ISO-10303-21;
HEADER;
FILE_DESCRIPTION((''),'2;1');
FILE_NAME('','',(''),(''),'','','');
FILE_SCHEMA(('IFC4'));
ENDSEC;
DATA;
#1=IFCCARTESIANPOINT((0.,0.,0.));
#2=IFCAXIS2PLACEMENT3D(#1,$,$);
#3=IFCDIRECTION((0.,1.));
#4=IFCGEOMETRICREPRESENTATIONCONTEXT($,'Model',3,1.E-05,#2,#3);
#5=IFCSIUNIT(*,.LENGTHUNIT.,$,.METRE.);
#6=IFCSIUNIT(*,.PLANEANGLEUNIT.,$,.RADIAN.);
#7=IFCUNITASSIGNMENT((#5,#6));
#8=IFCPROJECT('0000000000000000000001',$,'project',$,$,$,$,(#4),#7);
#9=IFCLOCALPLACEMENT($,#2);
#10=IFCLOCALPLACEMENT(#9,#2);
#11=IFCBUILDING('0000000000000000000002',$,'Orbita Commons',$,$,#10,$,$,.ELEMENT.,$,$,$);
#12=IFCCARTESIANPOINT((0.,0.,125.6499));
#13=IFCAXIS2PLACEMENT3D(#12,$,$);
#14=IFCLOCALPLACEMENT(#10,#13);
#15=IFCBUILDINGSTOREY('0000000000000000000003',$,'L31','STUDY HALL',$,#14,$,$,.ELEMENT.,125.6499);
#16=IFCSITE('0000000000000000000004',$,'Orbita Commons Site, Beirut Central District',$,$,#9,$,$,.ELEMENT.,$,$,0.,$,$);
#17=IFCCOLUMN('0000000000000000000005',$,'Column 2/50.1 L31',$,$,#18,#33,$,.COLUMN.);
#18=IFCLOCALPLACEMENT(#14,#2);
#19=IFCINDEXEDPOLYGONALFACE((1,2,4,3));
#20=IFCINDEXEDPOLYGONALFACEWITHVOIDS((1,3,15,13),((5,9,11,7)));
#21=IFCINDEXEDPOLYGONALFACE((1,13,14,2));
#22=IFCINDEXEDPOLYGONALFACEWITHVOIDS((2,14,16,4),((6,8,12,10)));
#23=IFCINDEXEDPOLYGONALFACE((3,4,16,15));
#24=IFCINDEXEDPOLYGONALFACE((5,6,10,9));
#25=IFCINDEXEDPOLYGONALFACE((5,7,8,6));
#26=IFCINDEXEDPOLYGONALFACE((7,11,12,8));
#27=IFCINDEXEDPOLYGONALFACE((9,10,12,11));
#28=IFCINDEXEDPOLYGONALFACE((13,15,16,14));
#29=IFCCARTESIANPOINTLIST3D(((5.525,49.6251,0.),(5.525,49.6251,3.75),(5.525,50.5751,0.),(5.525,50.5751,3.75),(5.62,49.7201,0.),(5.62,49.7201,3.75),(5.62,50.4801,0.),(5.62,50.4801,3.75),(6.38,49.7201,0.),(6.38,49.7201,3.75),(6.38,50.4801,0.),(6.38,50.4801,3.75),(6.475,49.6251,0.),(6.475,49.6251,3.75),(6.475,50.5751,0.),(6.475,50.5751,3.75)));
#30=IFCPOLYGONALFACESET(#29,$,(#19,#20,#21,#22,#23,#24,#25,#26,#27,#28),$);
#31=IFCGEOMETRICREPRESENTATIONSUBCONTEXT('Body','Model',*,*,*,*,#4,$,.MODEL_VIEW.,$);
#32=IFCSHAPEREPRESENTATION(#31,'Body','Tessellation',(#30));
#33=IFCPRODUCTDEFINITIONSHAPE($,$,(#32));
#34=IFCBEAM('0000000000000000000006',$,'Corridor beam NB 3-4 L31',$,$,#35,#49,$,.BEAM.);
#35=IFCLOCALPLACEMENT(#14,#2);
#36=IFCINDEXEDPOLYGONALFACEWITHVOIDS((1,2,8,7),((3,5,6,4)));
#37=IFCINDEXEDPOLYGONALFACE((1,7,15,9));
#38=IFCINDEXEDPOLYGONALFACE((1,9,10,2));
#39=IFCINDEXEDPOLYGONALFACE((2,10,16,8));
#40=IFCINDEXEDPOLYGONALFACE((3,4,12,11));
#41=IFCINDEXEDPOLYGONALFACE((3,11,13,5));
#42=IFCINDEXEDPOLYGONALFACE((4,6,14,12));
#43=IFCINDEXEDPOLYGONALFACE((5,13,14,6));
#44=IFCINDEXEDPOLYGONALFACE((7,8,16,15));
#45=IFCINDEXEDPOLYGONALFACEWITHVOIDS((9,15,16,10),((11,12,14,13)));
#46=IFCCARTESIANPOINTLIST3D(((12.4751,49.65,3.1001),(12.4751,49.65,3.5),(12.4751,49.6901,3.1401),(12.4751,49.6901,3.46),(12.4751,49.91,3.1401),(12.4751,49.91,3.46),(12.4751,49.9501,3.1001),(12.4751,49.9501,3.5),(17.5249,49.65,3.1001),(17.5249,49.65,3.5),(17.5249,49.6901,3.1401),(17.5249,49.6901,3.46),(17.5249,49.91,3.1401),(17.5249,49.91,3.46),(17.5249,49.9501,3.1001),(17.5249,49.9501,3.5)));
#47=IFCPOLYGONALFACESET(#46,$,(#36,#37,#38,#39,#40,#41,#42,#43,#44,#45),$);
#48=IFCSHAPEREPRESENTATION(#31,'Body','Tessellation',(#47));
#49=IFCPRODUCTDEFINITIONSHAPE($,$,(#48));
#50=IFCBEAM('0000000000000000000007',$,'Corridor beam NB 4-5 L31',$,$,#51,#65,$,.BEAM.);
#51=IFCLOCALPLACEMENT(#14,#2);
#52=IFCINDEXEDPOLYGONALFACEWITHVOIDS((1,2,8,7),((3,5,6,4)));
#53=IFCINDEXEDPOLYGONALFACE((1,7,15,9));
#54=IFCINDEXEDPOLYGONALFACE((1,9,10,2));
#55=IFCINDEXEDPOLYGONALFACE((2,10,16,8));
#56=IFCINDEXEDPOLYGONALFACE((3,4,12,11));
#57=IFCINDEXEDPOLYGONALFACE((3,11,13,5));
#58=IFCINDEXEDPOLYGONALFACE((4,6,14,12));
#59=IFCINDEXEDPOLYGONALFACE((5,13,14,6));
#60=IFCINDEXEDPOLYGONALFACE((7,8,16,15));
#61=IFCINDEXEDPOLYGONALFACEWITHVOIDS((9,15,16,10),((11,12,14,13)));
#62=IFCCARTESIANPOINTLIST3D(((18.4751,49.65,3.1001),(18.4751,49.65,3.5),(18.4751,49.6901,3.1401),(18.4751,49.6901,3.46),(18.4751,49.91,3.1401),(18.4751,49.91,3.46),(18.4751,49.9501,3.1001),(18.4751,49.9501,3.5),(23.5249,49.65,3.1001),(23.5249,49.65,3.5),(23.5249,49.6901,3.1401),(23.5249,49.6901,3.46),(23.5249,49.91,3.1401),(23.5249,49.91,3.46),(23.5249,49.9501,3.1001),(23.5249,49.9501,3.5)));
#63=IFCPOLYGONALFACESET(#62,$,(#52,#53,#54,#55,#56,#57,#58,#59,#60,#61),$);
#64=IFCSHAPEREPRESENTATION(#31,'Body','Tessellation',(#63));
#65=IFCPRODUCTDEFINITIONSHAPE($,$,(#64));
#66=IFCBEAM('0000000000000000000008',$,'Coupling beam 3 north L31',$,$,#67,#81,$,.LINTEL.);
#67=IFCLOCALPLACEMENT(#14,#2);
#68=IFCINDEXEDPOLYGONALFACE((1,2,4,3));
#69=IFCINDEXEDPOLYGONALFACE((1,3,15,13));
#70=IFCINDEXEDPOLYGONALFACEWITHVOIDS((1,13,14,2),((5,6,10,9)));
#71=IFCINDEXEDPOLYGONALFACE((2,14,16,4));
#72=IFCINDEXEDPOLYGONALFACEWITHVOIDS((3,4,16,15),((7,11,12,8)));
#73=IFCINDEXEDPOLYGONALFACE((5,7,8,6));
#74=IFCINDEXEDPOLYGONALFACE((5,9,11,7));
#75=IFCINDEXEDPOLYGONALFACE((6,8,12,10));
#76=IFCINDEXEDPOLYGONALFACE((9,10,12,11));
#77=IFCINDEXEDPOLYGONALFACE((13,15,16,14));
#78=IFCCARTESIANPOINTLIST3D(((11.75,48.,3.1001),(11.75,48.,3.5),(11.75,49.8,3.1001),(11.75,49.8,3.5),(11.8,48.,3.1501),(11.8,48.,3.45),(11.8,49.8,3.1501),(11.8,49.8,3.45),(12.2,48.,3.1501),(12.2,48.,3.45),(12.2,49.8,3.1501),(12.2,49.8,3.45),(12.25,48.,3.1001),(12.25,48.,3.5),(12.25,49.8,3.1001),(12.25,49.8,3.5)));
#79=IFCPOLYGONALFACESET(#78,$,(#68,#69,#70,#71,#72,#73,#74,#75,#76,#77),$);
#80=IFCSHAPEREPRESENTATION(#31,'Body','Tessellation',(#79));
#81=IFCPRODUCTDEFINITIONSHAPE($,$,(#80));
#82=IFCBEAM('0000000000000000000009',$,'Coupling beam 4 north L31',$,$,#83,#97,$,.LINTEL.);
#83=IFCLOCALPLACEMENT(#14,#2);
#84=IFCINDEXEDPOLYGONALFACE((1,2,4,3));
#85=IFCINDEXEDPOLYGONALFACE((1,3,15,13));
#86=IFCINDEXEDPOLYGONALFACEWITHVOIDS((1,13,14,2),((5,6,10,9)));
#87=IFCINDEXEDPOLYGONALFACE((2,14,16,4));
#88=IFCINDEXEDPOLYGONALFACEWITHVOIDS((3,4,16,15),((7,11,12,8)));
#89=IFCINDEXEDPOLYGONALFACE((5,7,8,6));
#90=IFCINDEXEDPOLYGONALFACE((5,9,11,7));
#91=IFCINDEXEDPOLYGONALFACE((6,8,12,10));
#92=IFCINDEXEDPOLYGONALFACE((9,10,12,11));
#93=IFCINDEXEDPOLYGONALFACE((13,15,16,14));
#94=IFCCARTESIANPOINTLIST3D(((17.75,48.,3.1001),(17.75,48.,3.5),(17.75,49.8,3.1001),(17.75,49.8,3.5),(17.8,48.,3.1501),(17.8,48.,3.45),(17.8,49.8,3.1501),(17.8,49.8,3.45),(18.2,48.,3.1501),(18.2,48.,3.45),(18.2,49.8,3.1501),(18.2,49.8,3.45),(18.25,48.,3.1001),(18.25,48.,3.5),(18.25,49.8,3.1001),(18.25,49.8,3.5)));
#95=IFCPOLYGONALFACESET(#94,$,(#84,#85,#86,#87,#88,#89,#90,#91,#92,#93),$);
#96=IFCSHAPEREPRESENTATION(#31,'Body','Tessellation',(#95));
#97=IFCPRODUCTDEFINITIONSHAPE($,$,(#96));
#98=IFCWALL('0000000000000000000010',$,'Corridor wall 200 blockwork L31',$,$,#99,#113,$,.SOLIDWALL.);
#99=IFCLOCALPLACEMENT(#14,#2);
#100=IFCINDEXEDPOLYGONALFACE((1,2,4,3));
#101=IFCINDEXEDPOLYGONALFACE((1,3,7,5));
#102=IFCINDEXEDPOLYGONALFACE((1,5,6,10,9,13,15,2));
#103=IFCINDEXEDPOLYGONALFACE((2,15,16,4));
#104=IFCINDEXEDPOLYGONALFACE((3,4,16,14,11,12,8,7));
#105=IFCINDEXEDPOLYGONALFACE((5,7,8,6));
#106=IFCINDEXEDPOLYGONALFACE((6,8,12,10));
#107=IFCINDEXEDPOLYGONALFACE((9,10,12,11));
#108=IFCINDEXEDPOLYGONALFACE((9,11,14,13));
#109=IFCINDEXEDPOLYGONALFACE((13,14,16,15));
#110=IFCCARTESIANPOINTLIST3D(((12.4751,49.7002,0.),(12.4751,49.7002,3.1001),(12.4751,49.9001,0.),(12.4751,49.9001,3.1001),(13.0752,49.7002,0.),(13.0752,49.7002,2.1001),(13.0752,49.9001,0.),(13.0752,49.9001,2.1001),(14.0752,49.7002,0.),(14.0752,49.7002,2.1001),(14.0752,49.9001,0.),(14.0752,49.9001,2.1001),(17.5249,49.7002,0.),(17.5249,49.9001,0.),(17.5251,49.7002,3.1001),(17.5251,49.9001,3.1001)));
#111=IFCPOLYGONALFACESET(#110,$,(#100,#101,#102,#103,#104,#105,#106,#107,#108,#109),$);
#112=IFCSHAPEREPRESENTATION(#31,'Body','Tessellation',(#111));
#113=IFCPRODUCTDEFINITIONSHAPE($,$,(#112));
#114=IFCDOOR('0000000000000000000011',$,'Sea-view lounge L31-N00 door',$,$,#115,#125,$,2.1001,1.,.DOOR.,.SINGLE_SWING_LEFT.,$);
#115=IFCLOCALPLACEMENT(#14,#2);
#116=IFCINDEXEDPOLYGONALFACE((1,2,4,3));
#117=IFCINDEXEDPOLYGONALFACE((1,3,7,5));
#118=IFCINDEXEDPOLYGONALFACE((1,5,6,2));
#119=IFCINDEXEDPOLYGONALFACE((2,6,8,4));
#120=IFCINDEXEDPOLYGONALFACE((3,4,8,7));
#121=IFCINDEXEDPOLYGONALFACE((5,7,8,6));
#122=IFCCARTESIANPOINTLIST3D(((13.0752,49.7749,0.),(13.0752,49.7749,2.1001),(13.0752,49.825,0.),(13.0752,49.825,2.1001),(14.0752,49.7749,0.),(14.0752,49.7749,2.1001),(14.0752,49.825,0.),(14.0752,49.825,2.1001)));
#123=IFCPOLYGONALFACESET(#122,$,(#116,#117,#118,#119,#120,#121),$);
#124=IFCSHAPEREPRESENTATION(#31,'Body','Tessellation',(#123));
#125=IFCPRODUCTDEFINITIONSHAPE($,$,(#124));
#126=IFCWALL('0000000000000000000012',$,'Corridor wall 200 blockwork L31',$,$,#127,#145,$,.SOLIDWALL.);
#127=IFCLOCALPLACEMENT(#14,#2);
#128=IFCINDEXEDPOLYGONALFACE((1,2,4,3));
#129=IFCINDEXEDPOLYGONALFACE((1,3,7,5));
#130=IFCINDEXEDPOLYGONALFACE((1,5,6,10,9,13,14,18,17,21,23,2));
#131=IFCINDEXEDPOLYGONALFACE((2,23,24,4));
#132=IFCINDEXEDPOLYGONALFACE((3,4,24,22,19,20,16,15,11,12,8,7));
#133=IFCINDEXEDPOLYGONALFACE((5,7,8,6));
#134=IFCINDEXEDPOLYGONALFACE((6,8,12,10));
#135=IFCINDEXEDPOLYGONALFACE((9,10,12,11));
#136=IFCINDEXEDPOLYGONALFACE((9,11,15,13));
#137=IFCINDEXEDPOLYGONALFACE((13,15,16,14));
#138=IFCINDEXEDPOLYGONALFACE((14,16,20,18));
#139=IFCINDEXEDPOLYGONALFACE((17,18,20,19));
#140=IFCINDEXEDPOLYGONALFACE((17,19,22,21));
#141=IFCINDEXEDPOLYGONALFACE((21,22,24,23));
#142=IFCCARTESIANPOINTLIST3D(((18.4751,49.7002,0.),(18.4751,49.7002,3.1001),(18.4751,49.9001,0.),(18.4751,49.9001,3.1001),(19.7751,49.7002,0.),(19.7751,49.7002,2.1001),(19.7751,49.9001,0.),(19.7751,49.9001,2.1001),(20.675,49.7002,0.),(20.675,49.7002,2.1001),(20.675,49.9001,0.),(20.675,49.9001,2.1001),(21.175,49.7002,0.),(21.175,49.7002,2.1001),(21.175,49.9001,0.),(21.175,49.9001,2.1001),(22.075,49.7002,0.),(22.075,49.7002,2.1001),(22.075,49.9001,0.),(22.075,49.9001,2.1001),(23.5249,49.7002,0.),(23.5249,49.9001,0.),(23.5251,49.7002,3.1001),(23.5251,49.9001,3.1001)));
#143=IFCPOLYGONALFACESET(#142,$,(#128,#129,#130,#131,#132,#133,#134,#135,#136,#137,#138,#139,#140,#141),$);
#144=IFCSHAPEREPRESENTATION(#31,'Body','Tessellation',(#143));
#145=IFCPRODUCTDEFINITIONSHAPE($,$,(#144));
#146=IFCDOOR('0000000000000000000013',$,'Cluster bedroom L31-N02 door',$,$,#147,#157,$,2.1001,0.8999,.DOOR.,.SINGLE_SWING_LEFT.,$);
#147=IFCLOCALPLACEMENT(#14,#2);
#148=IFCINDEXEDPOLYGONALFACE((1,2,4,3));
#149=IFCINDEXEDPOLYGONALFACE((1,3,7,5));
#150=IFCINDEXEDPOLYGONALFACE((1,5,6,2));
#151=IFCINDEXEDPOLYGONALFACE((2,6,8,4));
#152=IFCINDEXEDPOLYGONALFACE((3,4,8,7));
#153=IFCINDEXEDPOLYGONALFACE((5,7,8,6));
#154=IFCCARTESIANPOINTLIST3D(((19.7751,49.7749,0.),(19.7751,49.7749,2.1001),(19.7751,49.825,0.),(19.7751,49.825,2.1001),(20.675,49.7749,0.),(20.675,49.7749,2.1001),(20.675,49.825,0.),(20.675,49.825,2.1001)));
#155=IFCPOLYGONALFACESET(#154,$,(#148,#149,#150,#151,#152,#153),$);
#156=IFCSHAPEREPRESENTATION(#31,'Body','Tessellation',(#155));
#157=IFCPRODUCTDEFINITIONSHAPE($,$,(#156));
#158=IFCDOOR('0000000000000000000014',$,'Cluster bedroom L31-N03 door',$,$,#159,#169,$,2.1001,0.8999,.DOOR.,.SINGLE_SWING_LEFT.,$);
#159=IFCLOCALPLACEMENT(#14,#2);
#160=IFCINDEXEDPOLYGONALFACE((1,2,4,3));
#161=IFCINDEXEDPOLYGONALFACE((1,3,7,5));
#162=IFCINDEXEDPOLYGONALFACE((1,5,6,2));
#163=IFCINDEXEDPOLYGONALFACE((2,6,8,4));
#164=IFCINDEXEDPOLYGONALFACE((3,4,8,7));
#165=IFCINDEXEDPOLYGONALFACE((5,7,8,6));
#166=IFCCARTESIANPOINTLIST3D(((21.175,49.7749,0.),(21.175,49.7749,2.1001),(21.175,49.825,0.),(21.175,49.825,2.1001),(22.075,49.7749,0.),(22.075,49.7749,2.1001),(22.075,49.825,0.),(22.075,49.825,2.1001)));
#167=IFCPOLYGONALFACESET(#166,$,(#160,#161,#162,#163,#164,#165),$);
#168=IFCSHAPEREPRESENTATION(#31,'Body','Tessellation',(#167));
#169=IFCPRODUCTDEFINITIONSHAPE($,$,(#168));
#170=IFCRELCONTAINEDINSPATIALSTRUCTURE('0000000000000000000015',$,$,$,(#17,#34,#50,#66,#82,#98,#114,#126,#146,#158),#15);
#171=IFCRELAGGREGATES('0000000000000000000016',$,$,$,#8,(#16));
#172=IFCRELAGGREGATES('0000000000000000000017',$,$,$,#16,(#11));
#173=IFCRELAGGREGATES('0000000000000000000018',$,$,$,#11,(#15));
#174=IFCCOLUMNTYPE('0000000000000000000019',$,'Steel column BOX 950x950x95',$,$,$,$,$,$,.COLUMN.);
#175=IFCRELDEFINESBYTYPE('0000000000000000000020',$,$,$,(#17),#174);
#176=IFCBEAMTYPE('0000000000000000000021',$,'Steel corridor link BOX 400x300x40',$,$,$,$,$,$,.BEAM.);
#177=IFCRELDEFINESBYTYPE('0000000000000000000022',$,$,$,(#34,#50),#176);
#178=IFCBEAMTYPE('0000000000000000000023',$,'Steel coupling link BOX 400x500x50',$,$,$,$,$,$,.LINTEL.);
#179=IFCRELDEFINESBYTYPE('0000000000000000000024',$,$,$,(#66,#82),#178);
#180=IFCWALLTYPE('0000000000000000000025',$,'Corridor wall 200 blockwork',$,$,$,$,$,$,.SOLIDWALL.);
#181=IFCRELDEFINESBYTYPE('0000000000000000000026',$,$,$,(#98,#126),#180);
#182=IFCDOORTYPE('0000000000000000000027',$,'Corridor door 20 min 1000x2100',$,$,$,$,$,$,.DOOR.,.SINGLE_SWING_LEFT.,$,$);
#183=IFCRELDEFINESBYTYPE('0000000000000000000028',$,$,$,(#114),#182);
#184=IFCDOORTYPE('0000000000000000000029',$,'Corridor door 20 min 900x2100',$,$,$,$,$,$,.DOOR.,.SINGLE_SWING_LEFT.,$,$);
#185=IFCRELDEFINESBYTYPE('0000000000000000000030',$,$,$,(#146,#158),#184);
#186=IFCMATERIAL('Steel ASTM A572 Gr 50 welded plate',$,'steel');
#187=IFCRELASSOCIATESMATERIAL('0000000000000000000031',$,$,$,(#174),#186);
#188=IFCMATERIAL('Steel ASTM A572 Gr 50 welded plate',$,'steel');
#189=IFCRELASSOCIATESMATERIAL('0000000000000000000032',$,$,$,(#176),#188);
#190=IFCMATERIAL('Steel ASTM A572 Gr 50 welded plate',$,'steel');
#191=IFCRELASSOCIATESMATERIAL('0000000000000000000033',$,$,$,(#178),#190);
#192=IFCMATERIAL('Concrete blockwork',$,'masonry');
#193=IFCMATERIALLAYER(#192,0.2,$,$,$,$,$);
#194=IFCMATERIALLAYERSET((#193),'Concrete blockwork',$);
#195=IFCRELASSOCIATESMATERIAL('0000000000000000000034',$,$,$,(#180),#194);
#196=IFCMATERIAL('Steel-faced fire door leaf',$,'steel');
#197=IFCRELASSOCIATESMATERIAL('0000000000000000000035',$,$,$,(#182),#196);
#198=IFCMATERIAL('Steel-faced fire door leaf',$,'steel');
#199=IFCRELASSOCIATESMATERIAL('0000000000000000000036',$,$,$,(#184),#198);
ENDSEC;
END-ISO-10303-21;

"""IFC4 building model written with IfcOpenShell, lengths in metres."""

from ifc_helpers import new_model, si_unit, direction, frame, frame_2d, origin, origin_2d, place, context, subcontext, project, spatial, polyline, rectangle, hollow_rectangle, outline, extrude, material, layer, layer_set, material_profile, profile_set, type_object, element, fill, save


model = new_model("IFC4")

# Units and contexts
model_context = context("Model", 3, precision=1e-05, world=origin(), true_north=direction((0.0, 1.0)))
body_context = subcontext(model_context, "Body", "Model", "MODEL_VIEW")
ifc_project = project(units=[si_unit("LENGTHUNIT", "METRE"), si_unit("PLANEANGLEUNIT", "RADIAN")], contexts=[model_context])

# Site, building, storey
site_placement = place(None, origin())
site = spatial("IfcSite", under=ifc_project, at=site_placement, Name="Orbita Commons Site, Beirut Central District", CompositionType="ELEMENT", RefElevation=0.0)
building_placement = place(site_placement, origin())
building = spatial("IfcBuilding", under=site, at=building_placement, Name="Orbita Commons", CompositionType="ELEMENT")
storey_placement = place(building_placement, frame((0.0, 0.0, 125.6499)))
storey = spatial("IfcBuildingStorey", under=building, at=storey_placement, Name="L31", Description="STUDY HALL", CompositionType="ELEMENT", Elevation=125.6499)

# Column
ifc_material_1 = material(Name="Steel ASTM A572 Gr 50 welded plate", Category="steel")
ifc_material_profile_1 = material_profile(ifc_material_1, hollow_rectangle(XDim=0.95, YDim=0.95, WallThickness=0.095, at=origin_2d()), Name="BOX 950x950x95")
ifc_profile_set_1 = profile_set([ifc_material_profile_1], Name="Steel ASTM A572 Gr 50 welded plate")
column_type = type_object("IfcColumnType", Name="Steel column BOX 950x950x95", PredefinedType="COLUMN", material=ifc_profile_set_1)
column_placement = place(storey_placement, frame((6.0, 50.1001, 0.0), z_axis=(0.0, 0.0, 1.0), x_axis=(1.0, 0.0, 0.0)))
element("IfcColumn", 1, at=column_placement, inside=storey, type_object=column_type, Name="Column 2/50.1 L31", PredefinedType="COLUMN", context=body_context, shape_type="SweptSolid", body=[
    extrude(hollow_rectangle(XDim=0.95, YDim=0.95, WallThickness=0.095, at=origin_2d()), origin(), (0.0, 0.0, 1.0), 3.75),
])

# Beams
ifc_material_2 = material(Name="Steel ASTM A572 Gr 50 welded plate", Category="steel")
ifc_material_profile_2 = material_profile(ifc_material_2, hollow_rectangle(XDim=0.3, YDim=0.3999, WallThickness=0.04, at=origin_2d()), Name="BOX 400x300x40")
ifc_profile_set_2 = profile_set([ifc_material_profile_2], Name="Steel ASTM A572 Gr 50 welded plate")
beam_type_1 = type_object("IfcBeamType", Name="Steel corridor link BOX 400x300x40", PredefinedType="BEAM", material=ifc_profile_set_2)
for number, where, z_axis, x_axis, name in (
    (2, (12.4751, 49.8, 3.3), (1.0, 0.0, 0.0), (0.0, 1.0, 0.0), "Corridor beam NB 3-4 L31"),
    (3, (18.4751, 49.8, 3.3), (1.0, 0.0, 0.0), (0.0, 1.0, 0.0), "Corridor beam NB 4-5 L31"),
):
    element("IfcBeam", number, at=place(storey_placement, frame(where, z_axis=z_axis, x_axis=x_axis)), inside=storey, type_object=beam_type_1, Name=name, PredefinedType="BEAM", context=body_context, shape_type="SweptSolid", body=[
        extrude(hollow_rectangle(XDim=0.3, YDim=0.3999, WallThickness=0.04, at=origin_2d()), origin(), (0.0, 0.0, 1.0), 5.0498),
    ])
ifc_material_3 = material(Name="Steel ASTM A572 Gr 50 welded plate", Category="steel")
ifc_material_profile_3 = material_profile(ifc_material_3, hollow_rectangle(XDim=0.5, YDim=0.3999, WallThickness=0.05, at=origin_2d()), Name="BOX 400x500x50")
ifc_profile_set_3 = profile_set([ifc_material_profile_3], Name="Steel ASTM A572 Gr 50 welded plate")
beam_type_2 = type_object("IfcBeamType", Name="Steel coupling link BOX 400x500x50", PredefinedType="LINTEL", material=ifc_profile_set_3)
for number, where, z_axis, x_axis, name in (
    (4, (12.0, 48.0, 3.3), (0.0, 1.0, 0.0), (-1.0, 0.0, 0.0), "Coupling beam 3 north L31"),
    (5, (18.0, 48.0, 3.3), (0.0, 1.0, 0.0), (-1.0, 0.0, 0.0), "Coupling beam 4 north L31"),
):
    element("IfcBeam", number, at=place(storey_placement, frame(where, z_axis=z_axis, x_axis=x_axis)), inside=storey, type_object=beam_type_2, Name=name, PredefinedType="LINTEL", context=body_context, shape_type="SweptSolid", body=[
        extrude(hollow_rectangle(XDim=0.5, YDim=0.3999, WallThickness=0.05, at=origin_2d()), origin(), (0.0, 0.0, 1.0), 1.8),
    ])

# Wall, opening, door
ifc_material_4 = material(Name="Concrete blockwork", Category="masonry")
ifc_layer_1 = layer(ifc_material_4, 0.2)
ifc_layer_set_1 = layer_set([ifc_layer_1], Name="Concrete blockwork")
wall_type_1 = type_object("IfcWallType", Name="Corridor wall 200 blockwork", PredefinedType="SOLIDWALL", material=ifc_layer_set_1)
wall_1_placement = place(storey_placement, frame((12.4751, 49.8, 0.0), z_axis=(0.0, 0.0, 1.0), x_axis=(1.0, 0.0, 0.0)))
wall_1 = element("IfcWall", 6, at=wall_1_placement, inside=storey, type_object=wall_type_1, Name="Corridor wall 200 blockwork L31", PredefinedType="SOLIDWALL", context=body_context, shape_type="SweptSolid", body=[
    extrude(outline(polyline([(0.0, 0.0), (5.0498, 0.0), (5.05, 3.1001), (0.0, 3.1001), (0.0, 0.0)])), frame((0.0, 0.1001, 0.0), z_axis=(0.0, -1.0, 0.0), x_axis=(1.0, 0.0, 0.0)), (0.0, 0.0, 1.0), 0.2),
])
opening_1_placement = place(wall_1_placement, frame((0.6001, 0.0, 0.0)))
opening_1 = element("IfcOpeningElement", 7, at=opening_1_placement, cuts=wall_1, PredefinedType="OPENING", context=body_context, shape_type="SweptSolid", body=[
    extrude(rectangle(XDim=1.0, YDim=2.1001, at=frame_2d((0.5, 1.05))), frame((0.0, 0.1099, 0.0), z_axis=(0.0, -1.0, 0.0), x_axis=(1.0, 0.0, 0.0)), (0.0, 0.0, 1.0), 0.22),
])
ifc_material_5 = material(Name="Steel-faced fire door leaf", Category="steel")
door_type_1 = type_object("IfcDoorType", Name="Corridor door 20 min 1000x2100", OperationType="SINGLE_SWING_LEFT", PredefinedType="DOOR", material=ifc_material_5)
door_1_placement = place(opening_1_placement, origin())
door_1 = element("IfcDoor", 8, at=door_1_placement, inside=storey, type_object=door_type_1, Name="Sea-view lounge L31-N00 door", OperationType="SINGLE_SWING_LEFT", OverallHeight=2.1001, OverallWidth=1.0, PredefinedType="DOOR", context=body_context, shape_type="SweptSolid", body=[
    extrude(rectangle(XDim=1.0, YDim=2.1001, at=frame_2d((0.5, 1.05))), frame((0.0, 0.0249, 0.0), z_axis=(0.0, -1.0, 0.0), x_axis=(1.0, 0.0, 0.0)), (0.0, 0.0, 1.0), 0.05),
])
fill(opening_1, door_1)

# Wall, openings, doors
wall_2_placement = place(storey_placement, frame((18.4751, 49.8, 0.0), z_axis=(0.0, 0.0, 1.0), x_axis=(1.0, 0.0, 0.0)))
wall_2 = element("IfcWall", 9, at=wall_2_placement, inside=storey, type_object=wall_type_1, Name="Corridor wall 200 blockwork L31", PredefinedType="SOLIDWALL", context=body_context, shape_type="SweptSolid", body=[
    extrude(outline(polyline([(0.0, 0.0), (5.0498, 0.0), (5.05, 3.1001), (0.0, 3.1001), (0.0, 0.0)])), frame((0.0, 0.1001, 0.0), z_axis=(0.0, -1.0, 0.0), x_axis=(1.0, 0.0, 0.0)), (0.0, 0.0, 1.0), 0.2),
])
opening_2_placement = place(wall_2_placement, frame((1.3, 0.0, 0.0)))
opening_2 = element("IfcOpeningElement", 10, at=opening_2_placement, cuts=wall_2, PredefinedType="OPENING", context=body_context, shape_type="SweptSolid", body=[
    extrude(rectangle(XDim=0.8999, YDim=2.1001, at=frame_2d((0.45, 1.05))), frame((0.0, 0.1099, 0.0), z_axis=(0.0, -1.0, 0.0), x_axis=(1.0, 0.0, 0.0)), (0.0, 0.0, 1.0), 0.22),
])
opening_3_placement = place(wall_2_placement, frame((2.7, 0.0, 0.0)))
opening_3 = element("IfcOpeningElement", 11, at=opening_3_placement, cuts=wall_2, PredefinedType="OPENING", context=body_context, shape_type="SweptSolid", body=[
    extrude(rectangle(XDim=0.8999, YDim=2.1001, at=frame_2d((0.45, 1.05))), frame((0.0, 0.1099, 0.0), z_axis=(0.0, -1.0, 0.0), x_axis=(1.0, 0.0, 0.0)), (0.0, 0.0, 1.0), 0.22),
])
ifc_material_6 = material(Name="Steel-faced fire door leaf", Category="steel")
door_type_2 = type_object("IfcDoorType", Name="Corridor door 20 min 900x2100", OperationType="SINGLE_SWING_LEFT", PredefinedType="DOOR", material=ifc_material_6)
door_2_placement = place(opening_2_placement, origin())
door_2 = element("IfcDoor", 12, at=door_2_placement, inside=storey, type_object=door_type_2, Name="Cluster bedroom L31-N02 door", OperationType="SINGLE_SWING_LEFT", OverallHeight=2.1001, OverallWidth=0.8999, PredefinedType="DOOR", context=body_context, shape_type="SweptSolid", body=[
    extrude(rectangle(XDim=0.8999, YDim=2.1001, at=frame_2d((0.45, 1.05))), frame((0.0, 0.0249, 0.0), z_axis=(0.0, -1.0, 0.0), x_axis=(1.0, 0.0, 0.0)), (0.0, 0.0, 1.0), 0.05),
])
fill(opening_2, door_2)
door_3_placement = place(opening_3_placement, origin())
door_3 = element("IfcDoor", 13, at=door_3_placement, inside=storey, type_object=door_type_2, Name="Cluster bedroom L31-N03 door", OperationType="SINGLE_SWING_LEFT", OverallHeight=2.1001, OverallWidth=0.8999, PredefinedType="DOOR", context=body_context, shape_type="SweptSolid", body=[
    extrude(rectangle(XDim=0.8999, YDim=2.1001, at=frame_2d((0.45, 1.05))), frame((0.0, 0.0249, 0.0), z_axis=(0.0, -1.0, 0.0), x_axis=(1.0, 0.0, 0.0)), (0.0, 0.0, 1.0), 0.05),
])
fill(opening_3, door_3)

save(model, "model.ifc")
